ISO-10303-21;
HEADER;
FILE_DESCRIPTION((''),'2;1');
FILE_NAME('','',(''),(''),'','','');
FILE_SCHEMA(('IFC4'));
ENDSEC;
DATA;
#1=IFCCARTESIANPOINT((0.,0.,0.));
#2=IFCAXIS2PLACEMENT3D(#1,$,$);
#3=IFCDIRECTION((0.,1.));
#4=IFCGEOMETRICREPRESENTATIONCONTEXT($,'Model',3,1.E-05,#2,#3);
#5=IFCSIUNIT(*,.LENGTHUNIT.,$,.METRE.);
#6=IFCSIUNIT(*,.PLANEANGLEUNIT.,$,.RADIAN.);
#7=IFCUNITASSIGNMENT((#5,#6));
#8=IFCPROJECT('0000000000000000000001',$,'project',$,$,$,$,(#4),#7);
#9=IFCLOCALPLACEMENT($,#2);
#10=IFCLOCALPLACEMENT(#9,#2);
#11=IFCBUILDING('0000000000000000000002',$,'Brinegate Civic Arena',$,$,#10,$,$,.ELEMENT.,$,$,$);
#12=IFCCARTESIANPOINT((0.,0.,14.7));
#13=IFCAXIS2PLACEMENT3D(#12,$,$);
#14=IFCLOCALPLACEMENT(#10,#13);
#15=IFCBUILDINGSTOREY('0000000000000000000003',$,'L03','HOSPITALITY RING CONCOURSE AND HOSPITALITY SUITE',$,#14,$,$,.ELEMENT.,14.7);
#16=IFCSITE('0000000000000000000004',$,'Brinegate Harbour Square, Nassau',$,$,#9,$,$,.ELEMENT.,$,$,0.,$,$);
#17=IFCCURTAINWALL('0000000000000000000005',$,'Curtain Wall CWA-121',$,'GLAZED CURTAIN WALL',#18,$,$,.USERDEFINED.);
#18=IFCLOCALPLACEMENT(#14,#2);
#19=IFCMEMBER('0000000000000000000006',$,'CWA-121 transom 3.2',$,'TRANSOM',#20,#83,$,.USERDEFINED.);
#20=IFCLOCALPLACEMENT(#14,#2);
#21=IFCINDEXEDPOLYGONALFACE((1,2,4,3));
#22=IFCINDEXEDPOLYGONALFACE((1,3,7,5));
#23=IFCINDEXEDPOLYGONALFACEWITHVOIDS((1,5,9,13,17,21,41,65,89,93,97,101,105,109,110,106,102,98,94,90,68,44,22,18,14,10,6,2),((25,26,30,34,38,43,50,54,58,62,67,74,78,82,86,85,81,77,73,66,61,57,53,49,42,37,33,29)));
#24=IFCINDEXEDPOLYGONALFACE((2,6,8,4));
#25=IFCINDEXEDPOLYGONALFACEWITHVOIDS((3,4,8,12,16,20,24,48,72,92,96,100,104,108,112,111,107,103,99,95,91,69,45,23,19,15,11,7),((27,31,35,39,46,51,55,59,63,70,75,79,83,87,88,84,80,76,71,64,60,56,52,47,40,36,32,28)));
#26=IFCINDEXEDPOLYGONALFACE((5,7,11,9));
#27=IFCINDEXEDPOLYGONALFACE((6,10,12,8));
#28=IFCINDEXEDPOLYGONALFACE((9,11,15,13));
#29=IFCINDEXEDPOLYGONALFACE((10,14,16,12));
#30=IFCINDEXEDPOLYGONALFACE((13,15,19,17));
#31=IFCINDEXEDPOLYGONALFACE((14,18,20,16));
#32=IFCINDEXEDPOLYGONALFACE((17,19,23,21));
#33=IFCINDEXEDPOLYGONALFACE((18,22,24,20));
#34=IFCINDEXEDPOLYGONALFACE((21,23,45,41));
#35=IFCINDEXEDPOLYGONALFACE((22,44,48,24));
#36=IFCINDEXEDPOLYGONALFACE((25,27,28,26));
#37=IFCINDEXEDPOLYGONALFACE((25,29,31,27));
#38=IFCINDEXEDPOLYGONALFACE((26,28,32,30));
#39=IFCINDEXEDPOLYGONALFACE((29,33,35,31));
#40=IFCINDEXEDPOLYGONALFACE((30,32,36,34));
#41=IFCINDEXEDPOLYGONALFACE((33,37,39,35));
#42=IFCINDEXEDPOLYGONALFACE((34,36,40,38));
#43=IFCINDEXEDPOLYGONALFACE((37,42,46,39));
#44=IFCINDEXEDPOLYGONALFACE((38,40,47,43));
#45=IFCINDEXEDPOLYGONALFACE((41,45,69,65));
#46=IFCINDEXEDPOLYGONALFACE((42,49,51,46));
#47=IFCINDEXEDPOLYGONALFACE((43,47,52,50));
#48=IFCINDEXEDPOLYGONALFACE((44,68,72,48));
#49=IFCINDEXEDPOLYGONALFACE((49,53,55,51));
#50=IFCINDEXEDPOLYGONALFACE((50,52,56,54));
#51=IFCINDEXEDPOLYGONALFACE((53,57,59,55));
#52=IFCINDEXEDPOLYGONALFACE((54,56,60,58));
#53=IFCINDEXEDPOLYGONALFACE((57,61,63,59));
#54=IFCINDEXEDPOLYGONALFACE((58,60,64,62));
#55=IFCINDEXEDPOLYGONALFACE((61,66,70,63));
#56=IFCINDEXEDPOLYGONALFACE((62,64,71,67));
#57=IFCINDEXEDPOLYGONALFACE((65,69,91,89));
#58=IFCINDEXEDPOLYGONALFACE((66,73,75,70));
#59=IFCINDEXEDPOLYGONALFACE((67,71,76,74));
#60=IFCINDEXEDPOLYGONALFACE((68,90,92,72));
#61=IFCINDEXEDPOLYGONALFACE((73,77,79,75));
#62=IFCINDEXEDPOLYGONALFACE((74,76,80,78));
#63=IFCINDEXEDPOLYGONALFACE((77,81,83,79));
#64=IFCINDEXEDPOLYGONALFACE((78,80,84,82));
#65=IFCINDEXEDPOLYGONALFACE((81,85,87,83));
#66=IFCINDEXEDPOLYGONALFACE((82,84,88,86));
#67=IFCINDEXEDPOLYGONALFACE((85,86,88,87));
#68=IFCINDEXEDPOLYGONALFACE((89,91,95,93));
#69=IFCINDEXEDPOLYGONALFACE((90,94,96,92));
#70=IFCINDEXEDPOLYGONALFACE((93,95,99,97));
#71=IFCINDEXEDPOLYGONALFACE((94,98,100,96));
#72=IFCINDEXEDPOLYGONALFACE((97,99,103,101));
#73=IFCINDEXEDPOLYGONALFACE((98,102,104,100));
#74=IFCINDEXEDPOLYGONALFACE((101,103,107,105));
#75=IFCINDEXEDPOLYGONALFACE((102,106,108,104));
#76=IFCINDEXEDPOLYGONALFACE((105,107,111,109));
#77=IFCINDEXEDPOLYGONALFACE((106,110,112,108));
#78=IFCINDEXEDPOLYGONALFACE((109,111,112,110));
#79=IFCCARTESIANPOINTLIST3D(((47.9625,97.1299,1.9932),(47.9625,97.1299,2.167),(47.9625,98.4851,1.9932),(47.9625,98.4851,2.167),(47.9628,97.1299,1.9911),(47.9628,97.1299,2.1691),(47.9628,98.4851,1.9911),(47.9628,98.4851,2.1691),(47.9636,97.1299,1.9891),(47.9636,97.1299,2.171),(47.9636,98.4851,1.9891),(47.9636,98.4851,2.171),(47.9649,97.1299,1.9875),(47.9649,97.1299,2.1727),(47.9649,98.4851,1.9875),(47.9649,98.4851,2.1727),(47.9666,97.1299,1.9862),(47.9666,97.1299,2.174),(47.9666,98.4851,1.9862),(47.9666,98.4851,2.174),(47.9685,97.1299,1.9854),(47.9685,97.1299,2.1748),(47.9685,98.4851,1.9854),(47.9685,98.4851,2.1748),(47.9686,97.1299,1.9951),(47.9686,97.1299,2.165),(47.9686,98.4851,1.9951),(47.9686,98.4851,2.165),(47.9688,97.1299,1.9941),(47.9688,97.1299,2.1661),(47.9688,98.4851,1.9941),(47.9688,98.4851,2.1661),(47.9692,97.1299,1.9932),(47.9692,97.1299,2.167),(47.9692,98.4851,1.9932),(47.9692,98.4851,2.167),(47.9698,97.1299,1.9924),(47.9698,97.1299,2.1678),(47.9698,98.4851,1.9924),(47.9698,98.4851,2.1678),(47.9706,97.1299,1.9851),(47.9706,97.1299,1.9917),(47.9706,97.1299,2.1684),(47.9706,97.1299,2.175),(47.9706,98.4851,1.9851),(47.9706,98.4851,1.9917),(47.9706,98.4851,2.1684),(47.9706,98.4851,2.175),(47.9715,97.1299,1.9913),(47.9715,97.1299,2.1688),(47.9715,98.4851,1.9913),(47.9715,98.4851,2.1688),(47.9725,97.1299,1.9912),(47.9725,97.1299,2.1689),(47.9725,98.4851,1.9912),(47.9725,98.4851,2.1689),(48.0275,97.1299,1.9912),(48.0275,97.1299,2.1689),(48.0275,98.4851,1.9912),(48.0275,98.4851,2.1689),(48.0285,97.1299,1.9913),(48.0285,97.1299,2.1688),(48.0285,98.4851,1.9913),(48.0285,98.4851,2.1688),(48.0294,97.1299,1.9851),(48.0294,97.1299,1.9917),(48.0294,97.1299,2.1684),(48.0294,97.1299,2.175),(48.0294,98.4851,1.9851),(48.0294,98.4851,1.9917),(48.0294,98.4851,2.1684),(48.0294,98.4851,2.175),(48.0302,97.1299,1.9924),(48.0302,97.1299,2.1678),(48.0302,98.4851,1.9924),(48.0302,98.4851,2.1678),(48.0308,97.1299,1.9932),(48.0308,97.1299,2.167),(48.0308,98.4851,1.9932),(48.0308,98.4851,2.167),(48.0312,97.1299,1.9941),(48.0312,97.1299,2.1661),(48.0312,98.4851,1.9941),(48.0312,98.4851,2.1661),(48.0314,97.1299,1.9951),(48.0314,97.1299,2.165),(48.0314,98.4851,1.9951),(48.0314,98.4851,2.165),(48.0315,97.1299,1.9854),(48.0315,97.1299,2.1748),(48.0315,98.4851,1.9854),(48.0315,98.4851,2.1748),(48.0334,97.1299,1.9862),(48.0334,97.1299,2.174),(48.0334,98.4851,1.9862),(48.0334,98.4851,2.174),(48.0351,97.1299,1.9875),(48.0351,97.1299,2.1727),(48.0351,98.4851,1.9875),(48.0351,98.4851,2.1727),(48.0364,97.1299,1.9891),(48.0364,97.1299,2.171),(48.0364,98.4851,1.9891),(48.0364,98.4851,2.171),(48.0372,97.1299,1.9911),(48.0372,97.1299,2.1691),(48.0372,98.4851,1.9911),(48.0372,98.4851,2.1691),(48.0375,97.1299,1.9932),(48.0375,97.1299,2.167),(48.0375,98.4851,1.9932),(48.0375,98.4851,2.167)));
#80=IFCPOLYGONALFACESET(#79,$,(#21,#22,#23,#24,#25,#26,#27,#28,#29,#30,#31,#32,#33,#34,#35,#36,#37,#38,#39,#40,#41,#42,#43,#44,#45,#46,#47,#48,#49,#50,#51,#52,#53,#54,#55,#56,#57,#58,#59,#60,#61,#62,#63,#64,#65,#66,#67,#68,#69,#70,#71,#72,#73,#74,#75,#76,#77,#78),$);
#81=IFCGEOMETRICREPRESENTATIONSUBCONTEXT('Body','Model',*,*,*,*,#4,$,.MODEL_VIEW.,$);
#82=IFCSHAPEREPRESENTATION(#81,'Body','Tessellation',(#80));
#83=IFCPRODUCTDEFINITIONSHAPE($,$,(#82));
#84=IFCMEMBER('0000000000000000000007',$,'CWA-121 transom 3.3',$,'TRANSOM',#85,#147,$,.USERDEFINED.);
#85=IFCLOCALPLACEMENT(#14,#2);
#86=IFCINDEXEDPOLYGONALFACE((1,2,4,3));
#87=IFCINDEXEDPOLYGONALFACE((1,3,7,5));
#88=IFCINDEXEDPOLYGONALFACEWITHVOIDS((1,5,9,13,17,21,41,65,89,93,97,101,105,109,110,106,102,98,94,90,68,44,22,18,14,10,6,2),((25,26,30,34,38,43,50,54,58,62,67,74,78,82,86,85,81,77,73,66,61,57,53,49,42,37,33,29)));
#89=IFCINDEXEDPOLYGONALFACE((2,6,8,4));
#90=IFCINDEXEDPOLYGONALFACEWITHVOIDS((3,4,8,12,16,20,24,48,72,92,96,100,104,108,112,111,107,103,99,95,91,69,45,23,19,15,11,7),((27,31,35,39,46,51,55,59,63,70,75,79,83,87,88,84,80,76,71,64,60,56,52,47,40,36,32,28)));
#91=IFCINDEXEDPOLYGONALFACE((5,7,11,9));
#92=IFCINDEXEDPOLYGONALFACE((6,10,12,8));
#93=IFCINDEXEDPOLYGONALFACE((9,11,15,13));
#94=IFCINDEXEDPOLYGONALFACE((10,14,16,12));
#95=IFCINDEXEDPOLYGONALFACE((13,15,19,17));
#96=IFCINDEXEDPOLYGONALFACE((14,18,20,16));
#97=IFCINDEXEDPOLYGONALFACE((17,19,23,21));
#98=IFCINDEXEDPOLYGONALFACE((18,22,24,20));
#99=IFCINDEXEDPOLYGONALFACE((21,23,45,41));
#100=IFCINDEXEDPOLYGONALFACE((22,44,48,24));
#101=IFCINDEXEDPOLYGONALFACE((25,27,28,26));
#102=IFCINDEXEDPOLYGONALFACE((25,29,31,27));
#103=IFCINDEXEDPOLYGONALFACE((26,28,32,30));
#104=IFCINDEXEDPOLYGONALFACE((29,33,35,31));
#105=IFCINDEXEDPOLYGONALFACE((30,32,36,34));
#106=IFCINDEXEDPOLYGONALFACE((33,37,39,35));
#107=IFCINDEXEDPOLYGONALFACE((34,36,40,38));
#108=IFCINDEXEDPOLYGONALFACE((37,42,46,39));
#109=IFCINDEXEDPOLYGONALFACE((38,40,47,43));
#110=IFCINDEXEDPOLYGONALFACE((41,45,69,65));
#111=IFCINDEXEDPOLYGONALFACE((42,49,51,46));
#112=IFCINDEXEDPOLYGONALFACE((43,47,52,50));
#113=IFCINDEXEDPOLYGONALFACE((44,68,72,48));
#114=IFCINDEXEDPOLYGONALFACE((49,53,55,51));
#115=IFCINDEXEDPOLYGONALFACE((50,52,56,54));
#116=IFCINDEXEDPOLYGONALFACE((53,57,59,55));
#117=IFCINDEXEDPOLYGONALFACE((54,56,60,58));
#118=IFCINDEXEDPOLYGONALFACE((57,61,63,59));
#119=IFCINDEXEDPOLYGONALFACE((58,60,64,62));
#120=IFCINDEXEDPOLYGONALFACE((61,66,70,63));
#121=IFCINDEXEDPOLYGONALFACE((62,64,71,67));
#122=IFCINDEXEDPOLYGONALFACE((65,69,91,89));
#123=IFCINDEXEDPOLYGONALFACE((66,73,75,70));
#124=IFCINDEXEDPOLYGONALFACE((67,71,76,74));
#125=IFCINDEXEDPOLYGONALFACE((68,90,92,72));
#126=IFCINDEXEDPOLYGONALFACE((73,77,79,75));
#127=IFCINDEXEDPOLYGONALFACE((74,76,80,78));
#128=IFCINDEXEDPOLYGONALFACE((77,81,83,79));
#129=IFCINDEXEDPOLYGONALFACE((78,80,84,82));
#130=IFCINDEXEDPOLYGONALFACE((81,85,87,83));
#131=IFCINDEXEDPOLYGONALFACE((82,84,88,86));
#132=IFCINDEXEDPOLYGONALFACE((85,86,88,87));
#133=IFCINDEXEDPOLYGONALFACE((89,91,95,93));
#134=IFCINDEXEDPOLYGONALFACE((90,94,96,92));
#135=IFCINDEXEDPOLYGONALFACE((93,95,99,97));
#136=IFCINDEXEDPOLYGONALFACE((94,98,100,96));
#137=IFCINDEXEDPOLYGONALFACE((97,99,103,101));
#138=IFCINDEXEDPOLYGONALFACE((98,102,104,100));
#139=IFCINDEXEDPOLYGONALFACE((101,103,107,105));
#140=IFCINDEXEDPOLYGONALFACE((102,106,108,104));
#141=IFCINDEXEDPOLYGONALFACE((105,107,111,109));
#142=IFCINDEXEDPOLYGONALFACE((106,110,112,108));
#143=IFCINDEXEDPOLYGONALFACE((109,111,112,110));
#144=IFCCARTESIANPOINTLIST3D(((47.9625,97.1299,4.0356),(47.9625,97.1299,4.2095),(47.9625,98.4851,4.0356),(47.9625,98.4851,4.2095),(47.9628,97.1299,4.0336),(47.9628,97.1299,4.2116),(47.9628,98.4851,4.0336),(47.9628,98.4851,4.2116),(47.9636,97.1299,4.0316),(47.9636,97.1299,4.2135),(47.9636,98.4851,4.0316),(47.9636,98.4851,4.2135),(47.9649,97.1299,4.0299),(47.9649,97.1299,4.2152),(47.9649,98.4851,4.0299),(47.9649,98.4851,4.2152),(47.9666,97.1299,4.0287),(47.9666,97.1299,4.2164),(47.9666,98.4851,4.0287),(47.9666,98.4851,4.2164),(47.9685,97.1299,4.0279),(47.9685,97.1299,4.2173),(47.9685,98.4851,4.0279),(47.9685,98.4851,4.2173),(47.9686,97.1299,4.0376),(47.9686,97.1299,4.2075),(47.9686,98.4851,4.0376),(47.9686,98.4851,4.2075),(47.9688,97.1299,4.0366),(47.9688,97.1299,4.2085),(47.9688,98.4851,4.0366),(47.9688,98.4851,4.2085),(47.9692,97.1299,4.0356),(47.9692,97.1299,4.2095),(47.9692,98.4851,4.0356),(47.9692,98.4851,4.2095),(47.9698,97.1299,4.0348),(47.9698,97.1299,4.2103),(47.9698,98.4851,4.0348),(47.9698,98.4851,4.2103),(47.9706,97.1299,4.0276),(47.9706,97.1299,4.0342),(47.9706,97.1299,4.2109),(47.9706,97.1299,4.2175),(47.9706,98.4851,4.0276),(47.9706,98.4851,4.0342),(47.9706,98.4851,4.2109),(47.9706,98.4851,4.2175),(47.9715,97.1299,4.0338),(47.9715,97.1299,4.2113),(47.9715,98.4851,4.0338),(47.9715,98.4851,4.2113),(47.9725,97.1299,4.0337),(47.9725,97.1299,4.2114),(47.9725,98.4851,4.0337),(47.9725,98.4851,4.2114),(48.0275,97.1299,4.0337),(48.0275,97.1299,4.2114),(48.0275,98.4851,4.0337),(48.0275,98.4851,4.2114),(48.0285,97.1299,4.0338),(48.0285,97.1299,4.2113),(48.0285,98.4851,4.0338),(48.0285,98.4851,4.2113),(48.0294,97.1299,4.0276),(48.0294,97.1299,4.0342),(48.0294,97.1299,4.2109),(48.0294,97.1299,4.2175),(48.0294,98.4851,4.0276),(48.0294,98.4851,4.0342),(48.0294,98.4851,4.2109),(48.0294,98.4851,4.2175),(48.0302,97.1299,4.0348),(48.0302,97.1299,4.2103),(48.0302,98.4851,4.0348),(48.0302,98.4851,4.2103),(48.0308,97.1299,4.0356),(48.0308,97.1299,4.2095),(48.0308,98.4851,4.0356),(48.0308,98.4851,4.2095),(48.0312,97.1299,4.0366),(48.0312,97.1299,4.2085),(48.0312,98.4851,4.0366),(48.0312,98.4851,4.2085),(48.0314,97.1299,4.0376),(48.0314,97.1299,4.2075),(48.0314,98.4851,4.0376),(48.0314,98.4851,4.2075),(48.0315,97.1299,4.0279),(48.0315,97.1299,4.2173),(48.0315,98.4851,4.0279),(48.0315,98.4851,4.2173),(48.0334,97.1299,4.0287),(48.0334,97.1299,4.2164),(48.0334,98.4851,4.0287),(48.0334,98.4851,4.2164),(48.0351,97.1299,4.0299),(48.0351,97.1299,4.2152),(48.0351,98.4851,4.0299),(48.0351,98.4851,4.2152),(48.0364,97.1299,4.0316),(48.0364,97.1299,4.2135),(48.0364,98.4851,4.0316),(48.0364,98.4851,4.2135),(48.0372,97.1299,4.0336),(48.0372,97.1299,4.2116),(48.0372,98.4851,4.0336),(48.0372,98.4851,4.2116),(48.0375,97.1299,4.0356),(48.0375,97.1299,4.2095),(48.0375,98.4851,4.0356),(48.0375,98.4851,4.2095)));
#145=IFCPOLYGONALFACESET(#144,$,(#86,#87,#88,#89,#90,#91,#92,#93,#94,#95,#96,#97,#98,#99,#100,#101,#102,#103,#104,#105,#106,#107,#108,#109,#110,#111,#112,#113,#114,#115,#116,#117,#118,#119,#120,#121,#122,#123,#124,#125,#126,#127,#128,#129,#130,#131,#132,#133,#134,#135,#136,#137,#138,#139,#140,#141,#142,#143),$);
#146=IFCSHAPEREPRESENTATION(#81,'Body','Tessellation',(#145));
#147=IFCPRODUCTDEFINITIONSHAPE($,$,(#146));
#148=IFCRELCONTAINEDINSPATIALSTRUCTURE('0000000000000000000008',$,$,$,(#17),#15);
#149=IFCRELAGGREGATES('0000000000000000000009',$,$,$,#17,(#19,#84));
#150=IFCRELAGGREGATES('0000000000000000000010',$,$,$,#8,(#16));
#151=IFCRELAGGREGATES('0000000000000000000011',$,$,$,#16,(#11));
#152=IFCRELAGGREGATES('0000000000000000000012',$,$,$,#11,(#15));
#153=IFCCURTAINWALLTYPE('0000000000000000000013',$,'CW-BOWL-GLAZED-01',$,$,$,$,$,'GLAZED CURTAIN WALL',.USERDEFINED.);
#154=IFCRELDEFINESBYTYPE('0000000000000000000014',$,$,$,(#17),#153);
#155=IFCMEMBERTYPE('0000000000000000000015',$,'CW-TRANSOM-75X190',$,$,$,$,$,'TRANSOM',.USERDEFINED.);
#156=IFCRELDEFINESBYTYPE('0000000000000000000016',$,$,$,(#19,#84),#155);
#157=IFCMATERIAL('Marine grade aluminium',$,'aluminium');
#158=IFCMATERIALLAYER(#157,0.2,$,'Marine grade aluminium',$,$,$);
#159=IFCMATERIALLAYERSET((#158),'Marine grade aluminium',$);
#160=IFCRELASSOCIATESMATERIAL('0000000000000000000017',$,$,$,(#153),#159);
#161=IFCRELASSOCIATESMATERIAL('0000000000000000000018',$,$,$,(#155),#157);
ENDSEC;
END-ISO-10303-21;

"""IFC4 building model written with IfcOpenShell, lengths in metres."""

from ifc_helpers import new_model, si_unit, direction, frame, origin, origin_2d, place, context, subcontext, project, spatial, hollow_rectangle, extrude, material, layer, layer_set, material_profile, profile_set, type_object, element, aggregate, save


model = new_model("IFC4")

# Units and contexts
model_context = context("Model", 3, precision=1e-05, world=origin(), true_north=direction((0.0, 1.0)))
body_context = subcontext(model_context, "Body", "Model", "MODEL_VIEW")
ifc_project = project(units=[si_unit("LENGTHUNIT", "METRE"), si_unit("PLANEANGLEUNIT", "RADIAN")], contexts=[model_context])

# Site, building, storey
site_placement = place(None, origin())
site = spatial("IfcSite", under=ifc_project, at=site_placement, Name="Brinegate Harbour Square, Nassau", CompositionType="ELEMENT", RefElevation=0.0)
building_placement = place(site_placement, origin())
building = spatial("IfcBuilding", under=site, at=building_placement, Name="Brinegate Civic Arena", CompositionType="ELEMENT")
storey_placement = place(building_placement, frame((0.0, 0.0, 14.7)))
storey = spatial("IfcBuildingStorey", under=building, at=storey_placement, Name="L03", Description="HOSPITALITY RING CONCOURSE AND HOSPITALITY SUITE", CompositionType="ELEMENT", Elevation=14.7)

# Curtain wall, members
ifc_material_1 = material(Name="Marine grade aluminium", Category="aluminium")
ifc_layer_1 = layer(ifc_material_1, 0.2, Name="Marine grade aluminium")
ifc_layer_set_1 = layer_set([ifc_layer_1], Name="Marine grade aluminium")
curtain_wall_type = type_object("IfcCurtainWallType", Name="CW-BOWL-GLAZED-01", ElementType="GLAZED CURTAIN WALL", PredefinedType="USERDEFINED", material=ifc_layer_set_1)
curtain_wall_placement = place(storey_placement, origin())
curtain_wall = element("IfcCurtainWall", 1, at=curtain_wall_placement, inside=storey, type_object=curtain_wall_type, Name="Curtain Wall CWA-121", ObjectType="GLAZED CURTAIN WALL", PredefinedType="USERDEFINED")
ifc_material_profile_1 = material_profile(ifc_material_1, hollow_rectangle(XDim=0.075, YDim=0.1899, WallThickness=0.0061, InnerFilletRadius=0.0039, OuterFilletRadius=0.0081, at=origin_2d()), Name="TRN75X190")
ifc_profile_set_1 = profile_set([ifc_material_profile_1], Name="Marine grade aluminium")
member_type_1 = type_object("IfcMemberType", Name="CW-TRANSOM-75X190", ElementType="TRANSOM", PredefinedType="USERDEFINED", material=ifc_profile_set_1)
member_1_placement = place(storey_placement, frame((48.0, 97.1299, 2.0801), z_axis=(0.0, 1.0, 0.0), x_axis=(-1.0, 0.0, 0.0)))
member_1 = element("IfcMember", 2, at=member_1_placement, type_object=member_type_1, Name="CWA-121 transom 3.2", ObjectType="TRANSOM", PredefinedType="USERDEFINED", context=body_context, shape_type="SweptSolid", body=[
    extrude(hollow_rectangle(XDim=0.075, YDim=0.1899, WallThickness=0.0061, InnerFilletRadius=0.0039, OuterFilletRadius=0.0081, at=origin_2d()), origin(), (0.0, 0.0, 1.0), 1.3552),
])
member_2_placement = place(storey_placement, frame((48.0, 97.1299, 4.1226), z_axis=(0.0, 1.0, 0.0), x_axis=(-1.0, 0.0, 0.0)))
member_2 = element("IfcMember", 3, at=member_2_placement, type_object=member_type_1, Name="CWA-121 transom 3.3", ObjectType="TRANSOM", PredefinedType="USERDEFINED", context=body_context, shape_type="SweptSolid", body=[
    extrude(hollow_rectangle(XDim=0.075, YDim=0.1899, WallThickness=0.0061, InnerFilletRadius=0.0039, OuterFilletRadius=0.0081, at=origin_2d()), origin(), (0.0, 0.0, 1.0), 1.3552),
])

aggregate(curtain_wall, [member_1, member_2])

save(model, "model.ifc")
